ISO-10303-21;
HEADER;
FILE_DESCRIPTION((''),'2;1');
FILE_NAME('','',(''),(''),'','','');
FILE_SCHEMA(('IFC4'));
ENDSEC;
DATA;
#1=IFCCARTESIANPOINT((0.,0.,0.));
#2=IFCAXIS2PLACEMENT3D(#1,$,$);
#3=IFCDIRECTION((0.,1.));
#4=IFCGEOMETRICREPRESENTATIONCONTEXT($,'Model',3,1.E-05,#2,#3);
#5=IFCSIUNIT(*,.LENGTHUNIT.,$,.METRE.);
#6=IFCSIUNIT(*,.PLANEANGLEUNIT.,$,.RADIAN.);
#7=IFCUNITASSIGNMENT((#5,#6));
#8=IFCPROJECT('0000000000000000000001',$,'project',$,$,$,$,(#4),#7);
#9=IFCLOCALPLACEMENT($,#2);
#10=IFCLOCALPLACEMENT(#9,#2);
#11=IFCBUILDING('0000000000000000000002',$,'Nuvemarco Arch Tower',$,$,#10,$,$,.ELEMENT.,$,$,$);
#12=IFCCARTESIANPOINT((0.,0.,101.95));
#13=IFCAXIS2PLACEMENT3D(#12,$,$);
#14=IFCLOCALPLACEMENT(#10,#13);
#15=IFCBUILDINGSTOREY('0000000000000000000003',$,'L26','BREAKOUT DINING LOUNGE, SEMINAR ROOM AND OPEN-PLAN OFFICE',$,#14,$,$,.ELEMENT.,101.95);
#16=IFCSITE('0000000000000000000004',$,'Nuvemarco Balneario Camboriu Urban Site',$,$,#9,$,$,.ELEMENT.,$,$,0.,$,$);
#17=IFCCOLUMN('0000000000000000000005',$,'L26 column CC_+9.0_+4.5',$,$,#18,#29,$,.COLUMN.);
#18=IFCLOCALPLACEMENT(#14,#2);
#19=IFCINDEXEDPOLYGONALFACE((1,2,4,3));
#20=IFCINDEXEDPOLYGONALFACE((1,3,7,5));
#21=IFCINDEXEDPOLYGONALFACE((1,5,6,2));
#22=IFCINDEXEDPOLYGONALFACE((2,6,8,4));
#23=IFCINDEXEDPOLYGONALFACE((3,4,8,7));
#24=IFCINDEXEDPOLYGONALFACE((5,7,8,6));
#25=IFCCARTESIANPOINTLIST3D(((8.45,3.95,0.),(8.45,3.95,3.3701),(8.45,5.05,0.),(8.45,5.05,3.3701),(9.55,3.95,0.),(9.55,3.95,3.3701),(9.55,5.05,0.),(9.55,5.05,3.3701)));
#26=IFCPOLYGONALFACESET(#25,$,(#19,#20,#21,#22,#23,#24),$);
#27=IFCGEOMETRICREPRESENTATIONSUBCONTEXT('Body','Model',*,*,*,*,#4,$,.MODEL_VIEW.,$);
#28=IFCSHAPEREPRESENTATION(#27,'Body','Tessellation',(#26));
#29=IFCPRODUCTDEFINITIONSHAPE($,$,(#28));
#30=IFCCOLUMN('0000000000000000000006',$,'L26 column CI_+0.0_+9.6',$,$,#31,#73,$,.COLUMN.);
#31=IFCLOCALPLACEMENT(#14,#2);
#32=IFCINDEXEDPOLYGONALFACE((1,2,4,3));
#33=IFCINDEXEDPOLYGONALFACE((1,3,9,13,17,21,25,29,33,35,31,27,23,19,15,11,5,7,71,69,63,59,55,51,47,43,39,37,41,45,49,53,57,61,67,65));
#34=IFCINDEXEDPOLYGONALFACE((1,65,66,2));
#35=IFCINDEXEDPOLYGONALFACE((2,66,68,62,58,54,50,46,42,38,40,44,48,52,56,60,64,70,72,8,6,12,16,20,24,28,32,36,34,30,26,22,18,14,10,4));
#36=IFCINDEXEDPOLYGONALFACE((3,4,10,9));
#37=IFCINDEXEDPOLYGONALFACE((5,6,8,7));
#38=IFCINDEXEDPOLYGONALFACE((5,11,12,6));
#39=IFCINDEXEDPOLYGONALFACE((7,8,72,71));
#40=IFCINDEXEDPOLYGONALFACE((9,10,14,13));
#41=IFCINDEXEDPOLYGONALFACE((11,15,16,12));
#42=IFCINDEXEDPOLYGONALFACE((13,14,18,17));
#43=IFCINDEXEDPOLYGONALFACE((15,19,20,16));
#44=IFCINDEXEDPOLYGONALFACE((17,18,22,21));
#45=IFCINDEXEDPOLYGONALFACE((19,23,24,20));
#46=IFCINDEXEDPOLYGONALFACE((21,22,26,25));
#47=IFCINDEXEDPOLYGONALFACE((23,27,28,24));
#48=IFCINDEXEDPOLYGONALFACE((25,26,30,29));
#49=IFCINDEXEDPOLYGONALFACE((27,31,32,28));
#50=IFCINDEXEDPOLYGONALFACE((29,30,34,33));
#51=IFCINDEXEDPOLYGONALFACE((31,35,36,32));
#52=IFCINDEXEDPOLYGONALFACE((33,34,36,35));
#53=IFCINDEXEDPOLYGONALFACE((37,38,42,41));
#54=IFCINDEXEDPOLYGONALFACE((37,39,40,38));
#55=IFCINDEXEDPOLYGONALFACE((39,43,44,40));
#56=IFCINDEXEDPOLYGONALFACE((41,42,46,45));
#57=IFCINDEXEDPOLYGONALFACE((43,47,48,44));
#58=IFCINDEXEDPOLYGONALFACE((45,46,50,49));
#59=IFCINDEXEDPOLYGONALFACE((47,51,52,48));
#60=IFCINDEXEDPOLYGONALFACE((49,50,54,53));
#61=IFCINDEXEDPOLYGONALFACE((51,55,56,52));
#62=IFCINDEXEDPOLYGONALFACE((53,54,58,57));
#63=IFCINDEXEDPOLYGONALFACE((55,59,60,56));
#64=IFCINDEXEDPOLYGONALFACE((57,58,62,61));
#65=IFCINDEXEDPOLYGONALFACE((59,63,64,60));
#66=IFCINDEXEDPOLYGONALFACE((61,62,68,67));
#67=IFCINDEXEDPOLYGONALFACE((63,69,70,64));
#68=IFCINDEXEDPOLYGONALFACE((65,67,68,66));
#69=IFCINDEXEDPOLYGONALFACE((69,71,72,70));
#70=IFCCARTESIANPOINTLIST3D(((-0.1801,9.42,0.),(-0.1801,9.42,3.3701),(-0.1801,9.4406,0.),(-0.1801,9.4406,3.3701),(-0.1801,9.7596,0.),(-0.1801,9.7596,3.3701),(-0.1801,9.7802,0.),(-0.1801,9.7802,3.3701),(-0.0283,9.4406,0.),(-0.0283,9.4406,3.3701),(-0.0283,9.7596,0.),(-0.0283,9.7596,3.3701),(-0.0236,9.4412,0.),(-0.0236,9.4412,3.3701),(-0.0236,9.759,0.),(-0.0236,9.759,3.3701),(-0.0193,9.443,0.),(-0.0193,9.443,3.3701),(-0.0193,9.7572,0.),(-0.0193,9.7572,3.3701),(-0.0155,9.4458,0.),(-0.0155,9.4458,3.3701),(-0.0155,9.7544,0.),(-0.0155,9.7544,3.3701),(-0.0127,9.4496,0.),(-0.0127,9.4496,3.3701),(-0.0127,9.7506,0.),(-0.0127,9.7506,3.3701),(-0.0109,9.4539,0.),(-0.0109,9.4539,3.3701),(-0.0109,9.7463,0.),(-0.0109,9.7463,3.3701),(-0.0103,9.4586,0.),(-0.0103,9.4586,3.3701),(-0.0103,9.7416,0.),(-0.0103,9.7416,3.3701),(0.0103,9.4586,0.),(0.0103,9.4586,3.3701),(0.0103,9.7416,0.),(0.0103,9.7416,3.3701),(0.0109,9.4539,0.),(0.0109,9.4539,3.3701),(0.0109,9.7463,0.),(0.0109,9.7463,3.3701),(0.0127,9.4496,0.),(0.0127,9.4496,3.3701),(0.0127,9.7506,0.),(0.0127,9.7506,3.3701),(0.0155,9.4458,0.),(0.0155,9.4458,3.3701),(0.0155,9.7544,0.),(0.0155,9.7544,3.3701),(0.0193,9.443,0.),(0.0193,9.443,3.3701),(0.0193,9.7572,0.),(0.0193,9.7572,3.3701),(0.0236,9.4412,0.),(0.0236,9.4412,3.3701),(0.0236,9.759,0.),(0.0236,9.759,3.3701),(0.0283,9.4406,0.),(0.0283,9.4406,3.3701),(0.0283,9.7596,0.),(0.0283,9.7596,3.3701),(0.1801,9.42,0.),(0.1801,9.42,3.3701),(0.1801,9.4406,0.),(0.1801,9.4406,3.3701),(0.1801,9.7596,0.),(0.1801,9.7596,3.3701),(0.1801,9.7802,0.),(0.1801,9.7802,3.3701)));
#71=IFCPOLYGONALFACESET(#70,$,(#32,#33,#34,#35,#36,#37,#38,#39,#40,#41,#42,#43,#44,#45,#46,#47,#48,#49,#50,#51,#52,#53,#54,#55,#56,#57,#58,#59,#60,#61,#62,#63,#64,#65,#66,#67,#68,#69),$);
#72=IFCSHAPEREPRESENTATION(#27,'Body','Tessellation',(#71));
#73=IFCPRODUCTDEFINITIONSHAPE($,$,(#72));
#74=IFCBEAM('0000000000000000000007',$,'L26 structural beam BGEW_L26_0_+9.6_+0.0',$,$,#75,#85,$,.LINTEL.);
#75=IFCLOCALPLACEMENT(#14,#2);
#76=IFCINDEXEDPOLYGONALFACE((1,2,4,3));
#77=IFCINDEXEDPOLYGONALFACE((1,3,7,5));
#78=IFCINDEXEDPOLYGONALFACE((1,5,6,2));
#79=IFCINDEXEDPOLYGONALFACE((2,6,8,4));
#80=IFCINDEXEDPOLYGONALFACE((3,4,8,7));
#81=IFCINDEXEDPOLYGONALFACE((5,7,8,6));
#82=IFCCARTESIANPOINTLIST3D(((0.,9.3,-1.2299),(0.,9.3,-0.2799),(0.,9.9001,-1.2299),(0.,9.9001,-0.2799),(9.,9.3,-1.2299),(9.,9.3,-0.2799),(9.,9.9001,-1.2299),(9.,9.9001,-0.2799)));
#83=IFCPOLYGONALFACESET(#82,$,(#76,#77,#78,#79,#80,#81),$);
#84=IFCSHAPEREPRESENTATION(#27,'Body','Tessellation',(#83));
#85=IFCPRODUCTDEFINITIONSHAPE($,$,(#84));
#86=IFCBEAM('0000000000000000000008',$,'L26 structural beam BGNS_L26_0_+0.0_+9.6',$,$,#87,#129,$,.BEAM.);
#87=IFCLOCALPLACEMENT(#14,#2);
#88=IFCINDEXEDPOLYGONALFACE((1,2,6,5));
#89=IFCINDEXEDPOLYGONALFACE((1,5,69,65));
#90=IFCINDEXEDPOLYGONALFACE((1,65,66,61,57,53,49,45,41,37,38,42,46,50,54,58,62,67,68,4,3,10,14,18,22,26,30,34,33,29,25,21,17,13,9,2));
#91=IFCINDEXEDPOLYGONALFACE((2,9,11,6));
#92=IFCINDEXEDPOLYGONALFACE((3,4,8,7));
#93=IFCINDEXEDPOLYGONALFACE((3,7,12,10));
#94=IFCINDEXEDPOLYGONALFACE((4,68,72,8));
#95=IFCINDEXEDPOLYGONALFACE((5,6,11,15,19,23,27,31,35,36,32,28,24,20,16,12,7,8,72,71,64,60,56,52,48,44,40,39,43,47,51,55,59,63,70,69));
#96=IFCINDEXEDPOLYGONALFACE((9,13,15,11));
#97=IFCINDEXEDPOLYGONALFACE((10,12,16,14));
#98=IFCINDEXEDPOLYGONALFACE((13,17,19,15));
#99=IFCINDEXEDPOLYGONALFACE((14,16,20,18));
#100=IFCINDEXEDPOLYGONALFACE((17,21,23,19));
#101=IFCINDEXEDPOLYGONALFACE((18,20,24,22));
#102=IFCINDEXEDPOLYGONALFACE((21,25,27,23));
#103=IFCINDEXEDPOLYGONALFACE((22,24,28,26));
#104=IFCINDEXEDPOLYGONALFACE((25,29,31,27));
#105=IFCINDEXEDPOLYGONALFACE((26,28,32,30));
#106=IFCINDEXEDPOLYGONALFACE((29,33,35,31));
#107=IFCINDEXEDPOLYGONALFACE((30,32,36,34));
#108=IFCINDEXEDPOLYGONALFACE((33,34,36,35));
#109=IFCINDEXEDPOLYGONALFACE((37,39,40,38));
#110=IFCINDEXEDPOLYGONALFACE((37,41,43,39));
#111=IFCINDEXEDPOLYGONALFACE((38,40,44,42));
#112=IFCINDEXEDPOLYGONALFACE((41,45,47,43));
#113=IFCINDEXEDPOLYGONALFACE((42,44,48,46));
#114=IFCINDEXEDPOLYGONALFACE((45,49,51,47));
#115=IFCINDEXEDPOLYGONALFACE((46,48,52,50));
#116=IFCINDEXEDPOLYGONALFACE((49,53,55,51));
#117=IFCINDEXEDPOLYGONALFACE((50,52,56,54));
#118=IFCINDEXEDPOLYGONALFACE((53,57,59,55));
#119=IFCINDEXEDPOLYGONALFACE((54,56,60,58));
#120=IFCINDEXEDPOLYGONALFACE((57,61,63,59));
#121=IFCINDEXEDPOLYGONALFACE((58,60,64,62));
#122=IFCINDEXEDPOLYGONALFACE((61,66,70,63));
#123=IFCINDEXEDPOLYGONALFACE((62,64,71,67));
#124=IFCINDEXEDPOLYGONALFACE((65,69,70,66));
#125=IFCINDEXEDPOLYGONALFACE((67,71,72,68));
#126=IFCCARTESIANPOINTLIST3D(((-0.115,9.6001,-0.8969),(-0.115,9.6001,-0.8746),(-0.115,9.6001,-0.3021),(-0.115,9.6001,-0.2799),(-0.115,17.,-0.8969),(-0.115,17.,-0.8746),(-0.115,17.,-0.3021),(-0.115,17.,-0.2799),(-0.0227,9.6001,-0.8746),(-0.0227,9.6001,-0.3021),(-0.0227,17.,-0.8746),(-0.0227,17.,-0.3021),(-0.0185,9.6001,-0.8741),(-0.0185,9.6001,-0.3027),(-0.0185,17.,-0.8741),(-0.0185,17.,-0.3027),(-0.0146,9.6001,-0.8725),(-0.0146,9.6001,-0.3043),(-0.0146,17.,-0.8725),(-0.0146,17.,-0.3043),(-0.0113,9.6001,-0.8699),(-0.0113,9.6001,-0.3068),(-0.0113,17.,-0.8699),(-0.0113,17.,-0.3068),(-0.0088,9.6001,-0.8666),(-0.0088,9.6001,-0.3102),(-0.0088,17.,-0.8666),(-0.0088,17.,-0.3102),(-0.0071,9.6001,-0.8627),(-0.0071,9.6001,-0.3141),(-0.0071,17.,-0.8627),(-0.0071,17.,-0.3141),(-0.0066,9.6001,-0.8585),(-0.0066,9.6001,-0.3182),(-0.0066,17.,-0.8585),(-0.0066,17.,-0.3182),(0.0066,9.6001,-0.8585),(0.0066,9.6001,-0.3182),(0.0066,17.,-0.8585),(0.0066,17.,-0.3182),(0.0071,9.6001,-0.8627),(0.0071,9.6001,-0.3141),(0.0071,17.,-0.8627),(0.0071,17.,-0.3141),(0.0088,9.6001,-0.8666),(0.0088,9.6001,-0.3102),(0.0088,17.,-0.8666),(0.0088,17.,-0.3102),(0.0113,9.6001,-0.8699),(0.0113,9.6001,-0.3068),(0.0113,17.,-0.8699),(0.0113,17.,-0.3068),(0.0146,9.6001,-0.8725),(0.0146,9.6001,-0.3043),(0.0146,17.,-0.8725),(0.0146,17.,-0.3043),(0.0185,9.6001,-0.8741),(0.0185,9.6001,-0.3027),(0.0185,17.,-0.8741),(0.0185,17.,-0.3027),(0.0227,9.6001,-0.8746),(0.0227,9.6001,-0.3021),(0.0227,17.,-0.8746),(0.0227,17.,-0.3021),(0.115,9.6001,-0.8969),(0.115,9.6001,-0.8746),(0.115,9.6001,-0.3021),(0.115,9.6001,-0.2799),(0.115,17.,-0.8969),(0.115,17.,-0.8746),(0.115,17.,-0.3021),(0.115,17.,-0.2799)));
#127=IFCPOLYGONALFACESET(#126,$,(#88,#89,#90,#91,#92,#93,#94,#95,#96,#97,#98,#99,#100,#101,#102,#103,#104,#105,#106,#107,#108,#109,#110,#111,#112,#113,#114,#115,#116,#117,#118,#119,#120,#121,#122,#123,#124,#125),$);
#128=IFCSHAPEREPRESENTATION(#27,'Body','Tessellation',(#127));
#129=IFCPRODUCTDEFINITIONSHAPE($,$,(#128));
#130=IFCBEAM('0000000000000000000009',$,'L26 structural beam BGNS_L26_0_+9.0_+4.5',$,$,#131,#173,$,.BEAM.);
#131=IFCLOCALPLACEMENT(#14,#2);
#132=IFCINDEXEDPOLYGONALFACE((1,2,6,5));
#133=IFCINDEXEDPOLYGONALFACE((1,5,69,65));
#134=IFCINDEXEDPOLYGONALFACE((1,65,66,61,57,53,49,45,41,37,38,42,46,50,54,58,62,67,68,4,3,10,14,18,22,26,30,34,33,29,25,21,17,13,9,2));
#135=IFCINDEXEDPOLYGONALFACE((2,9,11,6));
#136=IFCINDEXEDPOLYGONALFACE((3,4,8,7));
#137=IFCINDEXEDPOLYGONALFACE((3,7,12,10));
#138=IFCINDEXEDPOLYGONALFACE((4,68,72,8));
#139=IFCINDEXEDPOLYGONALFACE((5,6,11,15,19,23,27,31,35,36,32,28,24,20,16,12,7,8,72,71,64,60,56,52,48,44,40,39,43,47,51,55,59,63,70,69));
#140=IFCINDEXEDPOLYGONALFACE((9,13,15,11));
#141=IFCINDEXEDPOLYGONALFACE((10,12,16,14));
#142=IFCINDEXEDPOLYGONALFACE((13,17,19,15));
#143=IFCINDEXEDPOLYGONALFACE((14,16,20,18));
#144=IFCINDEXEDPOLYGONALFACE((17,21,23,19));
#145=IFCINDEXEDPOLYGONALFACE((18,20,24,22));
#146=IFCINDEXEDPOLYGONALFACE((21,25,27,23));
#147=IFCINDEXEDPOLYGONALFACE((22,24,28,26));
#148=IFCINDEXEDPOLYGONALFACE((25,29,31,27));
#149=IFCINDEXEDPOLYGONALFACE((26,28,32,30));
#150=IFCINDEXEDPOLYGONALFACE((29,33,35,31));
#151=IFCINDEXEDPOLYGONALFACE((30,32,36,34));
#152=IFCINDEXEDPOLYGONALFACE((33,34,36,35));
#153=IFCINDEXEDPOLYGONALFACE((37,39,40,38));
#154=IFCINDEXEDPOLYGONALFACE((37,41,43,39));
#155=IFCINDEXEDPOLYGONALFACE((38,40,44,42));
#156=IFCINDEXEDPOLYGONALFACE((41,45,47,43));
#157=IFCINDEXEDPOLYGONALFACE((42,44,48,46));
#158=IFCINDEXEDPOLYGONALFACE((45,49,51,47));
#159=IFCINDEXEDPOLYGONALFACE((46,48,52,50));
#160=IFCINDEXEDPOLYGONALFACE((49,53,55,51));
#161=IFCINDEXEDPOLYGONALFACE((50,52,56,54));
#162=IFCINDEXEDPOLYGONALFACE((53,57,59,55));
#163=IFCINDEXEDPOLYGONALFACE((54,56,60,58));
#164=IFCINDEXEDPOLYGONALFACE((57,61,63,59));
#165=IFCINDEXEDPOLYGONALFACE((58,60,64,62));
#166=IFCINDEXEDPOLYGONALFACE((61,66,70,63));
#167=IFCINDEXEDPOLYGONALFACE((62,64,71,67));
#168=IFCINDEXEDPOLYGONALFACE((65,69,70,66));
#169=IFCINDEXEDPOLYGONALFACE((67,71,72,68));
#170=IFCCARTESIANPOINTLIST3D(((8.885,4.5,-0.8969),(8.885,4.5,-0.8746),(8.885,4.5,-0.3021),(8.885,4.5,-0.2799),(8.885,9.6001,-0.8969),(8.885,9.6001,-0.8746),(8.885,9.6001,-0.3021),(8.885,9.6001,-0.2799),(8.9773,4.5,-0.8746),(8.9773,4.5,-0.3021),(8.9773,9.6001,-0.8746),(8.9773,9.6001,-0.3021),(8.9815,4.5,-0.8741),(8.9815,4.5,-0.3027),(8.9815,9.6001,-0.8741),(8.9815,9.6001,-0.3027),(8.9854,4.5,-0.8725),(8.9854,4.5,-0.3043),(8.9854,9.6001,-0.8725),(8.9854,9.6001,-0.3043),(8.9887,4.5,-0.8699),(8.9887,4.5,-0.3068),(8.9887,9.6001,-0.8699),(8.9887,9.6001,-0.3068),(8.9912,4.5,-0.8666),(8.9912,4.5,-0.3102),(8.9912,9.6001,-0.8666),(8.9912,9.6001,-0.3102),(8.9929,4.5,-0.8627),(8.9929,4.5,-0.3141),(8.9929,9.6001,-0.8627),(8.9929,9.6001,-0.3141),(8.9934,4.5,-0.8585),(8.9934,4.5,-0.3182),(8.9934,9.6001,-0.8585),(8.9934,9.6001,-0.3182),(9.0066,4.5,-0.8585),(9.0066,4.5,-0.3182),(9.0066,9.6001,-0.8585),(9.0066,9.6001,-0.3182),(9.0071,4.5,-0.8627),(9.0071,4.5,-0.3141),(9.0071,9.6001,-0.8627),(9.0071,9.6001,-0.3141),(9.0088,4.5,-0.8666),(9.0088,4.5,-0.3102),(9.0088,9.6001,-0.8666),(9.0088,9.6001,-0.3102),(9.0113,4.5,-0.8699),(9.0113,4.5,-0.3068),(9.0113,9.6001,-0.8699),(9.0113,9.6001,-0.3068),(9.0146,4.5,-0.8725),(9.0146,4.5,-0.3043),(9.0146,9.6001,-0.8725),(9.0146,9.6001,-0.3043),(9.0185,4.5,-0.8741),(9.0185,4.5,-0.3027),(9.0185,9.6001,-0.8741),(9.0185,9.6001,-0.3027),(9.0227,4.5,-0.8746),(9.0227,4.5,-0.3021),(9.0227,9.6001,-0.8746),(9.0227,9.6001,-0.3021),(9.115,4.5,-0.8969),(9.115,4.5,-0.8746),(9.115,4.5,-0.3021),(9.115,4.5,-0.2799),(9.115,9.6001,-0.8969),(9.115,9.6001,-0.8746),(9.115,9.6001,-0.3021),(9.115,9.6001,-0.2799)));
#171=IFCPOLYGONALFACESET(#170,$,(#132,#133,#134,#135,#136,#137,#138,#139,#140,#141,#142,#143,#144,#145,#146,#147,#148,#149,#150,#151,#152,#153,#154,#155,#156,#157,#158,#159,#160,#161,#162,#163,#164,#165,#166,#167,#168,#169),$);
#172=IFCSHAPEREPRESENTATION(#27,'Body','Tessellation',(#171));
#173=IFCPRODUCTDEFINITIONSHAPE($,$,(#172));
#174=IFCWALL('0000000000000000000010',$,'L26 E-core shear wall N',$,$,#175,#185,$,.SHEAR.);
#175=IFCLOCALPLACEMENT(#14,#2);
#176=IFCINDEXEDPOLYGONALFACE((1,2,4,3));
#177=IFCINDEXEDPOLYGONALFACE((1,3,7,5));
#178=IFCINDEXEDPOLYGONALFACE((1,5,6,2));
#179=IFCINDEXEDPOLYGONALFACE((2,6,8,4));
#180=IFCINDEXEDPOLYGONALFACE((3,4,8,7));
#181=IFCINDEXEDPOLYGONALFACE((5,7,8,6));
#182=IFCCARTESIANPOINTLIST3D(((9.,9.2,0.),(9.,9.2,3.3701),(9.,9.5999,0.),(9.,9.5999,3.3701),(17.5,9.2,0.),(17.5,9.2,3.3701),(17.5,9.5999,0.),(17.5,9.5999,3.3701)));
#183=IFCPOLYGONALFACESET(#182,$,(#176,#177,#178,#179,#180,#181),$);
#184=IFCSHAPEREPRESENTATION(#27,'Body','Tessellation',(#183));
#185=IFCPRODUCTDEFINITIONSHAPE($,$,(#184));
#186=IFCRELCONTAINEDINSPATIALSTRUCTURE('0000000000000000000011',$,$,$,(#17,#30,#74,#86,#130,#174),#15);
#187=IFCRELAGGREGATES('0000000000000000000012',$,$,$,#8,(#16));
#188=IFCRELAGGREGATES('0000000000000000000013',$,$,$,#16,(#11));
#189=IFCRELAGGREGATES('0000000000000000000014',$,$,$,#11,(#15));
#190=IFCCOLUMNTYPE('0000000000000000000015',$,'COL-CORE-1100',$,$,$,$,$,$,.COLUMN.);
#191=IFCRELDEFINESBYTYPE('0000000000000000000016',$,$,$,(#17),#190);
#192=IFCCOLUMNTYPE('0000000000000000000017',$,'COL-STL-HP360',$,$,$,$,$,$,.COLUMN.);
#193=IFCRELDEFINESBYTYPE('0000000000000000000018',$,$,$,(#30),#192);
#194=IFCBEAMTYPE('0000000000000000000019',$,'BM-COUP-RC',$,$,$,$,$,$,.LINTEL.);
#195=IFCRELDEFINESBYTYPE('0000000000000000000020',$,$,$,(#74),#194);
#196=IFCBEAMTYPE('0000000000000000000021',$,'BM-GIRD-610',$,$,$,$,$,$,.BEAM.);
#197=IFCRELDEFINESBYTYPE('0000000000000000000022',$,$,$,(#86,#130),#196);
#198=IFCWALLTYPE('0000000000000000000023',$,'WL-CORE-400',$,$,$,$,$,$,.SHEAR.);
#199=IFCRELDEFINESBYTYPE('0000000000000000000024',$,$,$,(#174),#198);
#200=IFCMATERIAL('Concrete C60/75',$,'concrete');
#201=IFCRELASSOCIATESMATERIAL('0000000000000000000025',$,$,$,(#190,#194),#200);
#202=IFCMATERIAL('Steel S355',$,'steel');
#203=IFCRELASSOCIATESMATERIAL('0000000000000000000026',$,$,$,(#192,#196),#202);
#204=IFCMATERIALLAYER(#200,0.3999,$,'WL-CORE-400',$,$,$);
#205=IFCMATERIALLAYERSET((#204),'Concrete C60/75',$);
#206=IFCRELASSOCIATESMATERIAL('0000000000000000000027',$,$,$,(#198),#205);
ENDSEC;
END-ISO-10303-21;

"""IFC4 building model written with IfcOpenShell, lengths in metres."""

from ifc_helpers import new_model, si_unit, direction, frame, frame_2d, origin, origin_2d, place, context, subcontext, project, spatial, rectangle, i_section, extrude, material, layer, layer_set, material_profile, profile_set, type_object, element, save


model = new_model("IFC4")

# Units and contexts
model_context = context("Model", 3, precision=1e-05, world=origin(), true_north=direction((0.0, 1.0)))
body_context = subcontext(model_context, "Body", "Model", "MODEL_VIEW")
ifc_project = project(units=[si_unit("LENGTHUNIT", "METRE"), si_unit("PLANEANGLEUNIT", "RADIAN")], contexts=[model_context])

# Site, building, storey
site_placement = place(None, origin())
site = spatial("IfcSite", under=ifc_project, at=site_placement, Name="Nuvemarco Balneario Camboriu Urban Site", CompositionType="ELEMENT", RefElevation=0.0)
building_placement = place(site_placement, origin())
building = spatial("IfcBuilding", under=site, at=building_placement, Name="Nuvemarco Arch Tower", CompositionType="ELEMENT")
storey_placement = place(building_placement, frame((0.0, 0.0, 101.95)))
storey = spatial("IfcBuildingStorey", under=building, at=storey_placement, Name="L26", Description="BREAKOUT DINING LOUNGE, SEMINAR ROOM AND OPEN-PLAN OFFICE", CompositionType="ELEMENT", Elevation=101.95)

# Columns
ifc_material_1 = material(Name="Concrete C60/75", Category="concrete")
ifc_material_profile_1 = material_profile(ifc_material_1, rectangle(XDim=1.1001, YDim=1.1001, at=origin_2d()), Name="RC-COL-1100x1100")
ifc_profile_set_1 = profile_set([ifc_material_profile_1], Name="Concrete C60/75")
column_type_1 = type_object("IfcColumnType", Name="COL-CORE-1100", PredefinedType="COLUMN", material=ifc_profile_set_1)
column_1_placement = place(storey_placement, frame((9.0, 4.5, 0.0), z_axis=(0.0, 0.0, 1.0), x_axis=(1.0, 0.0, 0.0)))
element("IfcColumn", 1, at=column_1_placement, inside=storey, type_object=column_type_1, Name="L26 column CC_+9.0_+4.5", PredefinedType="COLUMN", context=body_context, shape_type="SweptSolid", body=[
    extrude(rectangle(XDim=1.1001, YDim=1.1001, at=origin_2d()), origin(), (0.0, 0.0, 1.0), 3.3701),
])
ifc_material_2 = material(Name="Steel S355", Category="steel")
ifc_material_profile_2 = material_profile(ifc_material_2, i_section(OverallWidth=0.3601, OverallDepth=0.3601, WebThickness=0.0205, FlangeThickness=0.0205, FilletRadius=0.0181, at=origin_2d()), Name="HP360x174")
ifc_profile_set_2 = profile_set([ifc_material_profile_2], Name="Steel S355")
column_type_2 = type_object("IfcColumnType", Name="COL-STL-HP360", PredefinedType="COLUMN", material=ifc_profile_set_2)
column_2_placement = place(storey_placement, frame((0.0, 9.6001, 0.0), z_axis=(0.0, 0.0, 1.0), x_axis=(1.0, 0.0, 0.0)))
element("IfcColumn", 2, at=column_2_placement, inside=storey, type_object=column_type_2, Name="L26 column CI_+0.0_+9.6", PredefinedType="COLUMN", context=body_context, shape_type="SweptSolid", body=[
    extrude(i_section(OverallWidth=0.3601, OverallDepth=0.3601, WebThickness=0.0205, FlangeThickness=0.0205, FilletRadius=0.0181, at=origin_2d()), origin(), (0.0, 0.0, 1.0), 3.3701),
])

# Beams
ifc_material_profile_3 = material_profile(ifc_material_1, rectangle(XDim=0.6001, YDim=0.95, at=origin_2d()), Name="RC-BM-600x950")
ifc_profile_set_3 = profile_set([ifc_material_profile_3], Name="Concrete C60/75")
beam_type_1 = type_object("IfcBeamType", Name="BM-COUP-RC", PredefinedType="LINTEL", material=ifc_profile_set_3)
beam_1_placement = place(storey_placement, frame((0.0, 9.6001, -0.7549), z_axis=(1.0, 0.0, 0.0), x_axis=(0.0, 1.0, 0.0)))
element("IfcBeam", 3, at=beam_1_placement, inside=storey, type_object=beam_type_1, Name="L26 structural beam BGEW_L26_0_+9.6_+0.0", PredefinedType="LINTEL", context=body_context, shape_type="SweptSolid", body=[
    extrude(rectangle(XDim=0.6001, YDim=0.95, at=origin_2d()), origin(), (0.0, 0.0, 1.0), 9.0),
])
ifc_material_profile_4 = material_profile(ifc_material_2, i_section(OverallWidth=0.23, OverallDepth=0.6169, WebThickness=0.0132, FlangeThickness=0.0222, FilletRadius=0.0161, at=origin_2d()), Name="W610x140")
ifc_profile_set_4 = profile_set([ifc_material_profile_4], Name="Steel S355")
beam_type_2 = type_object("IfcBeamType", Name="BM-GIRD-610", PredefinedType="BEAM", material=ifc_profile_set_4)
beam_2_placement = place(storey_placement, frame((0.0, 9.6001, -0.5884), z_axis=(0.0, 1.0, 0.0), x_axis=(-1.0, 0.0, 0.0)))
element("IfcBeam", 4, at=beam_2_placement, inside=storey, type_object=beam_type_2, Name="L26 structural beam BGNS_L26_0_+0.0_+9.6", PredefinedType="BEAM", context=body_context, shape_type="SweptSolid", body=[
    extrude(i_section(OverallWidth=0.23, OverallDepth=0.6169, WebThickness=0.0132, FlangeThickness=0.0222, FilletRadius=0.0161, at=origin_2d()), origin(), (0.0, 0.0, 1.0), 7.3999),
])
beam_3_placement = place(storey_placement, frame((9.0, 4.5, -0.5884), z_axis=(0.0, 1.0, 0.0), x_axis=(-1.0, 0.0, 0.0)))
element("IfcBeam", 5, at=beam_3_placement, inside=storey, type_object=beam_type_2, Name="L26 structural beam BGNS_L26_0_+9.0_+4.5", PredefinedType="BEAM", context=body_context, shape_type="SweptSolid", body=[
    extrude(i_section(OverallWidth=0.23, OverallDepth=0.6169, WebThickness=0.0132, FlangeThickness=0.0222, FilletRadius=0.0161, at=origin_2d()), origin(), (0.0, 0.0, 1.0), 5.1001),
])

# Wall
ifc_layer_1 = layer(ifc_material_1, 0.3999, Name="WL-CORE-400")
ifc_layer_set_1 = layer_set([ifc_layer_1], Name="Concrete C60/75")
wall_type_1 = type_object("IfcWallType", Name="WL-CORE-400", PredefinedType="SHEAR", material=ifc_layer_set_1)
wall_1_placement = place(storey_placement, frame((9.0, 9.3999, 0.0), z_axis=(0.0, 0.0, 1.0), x_axis=(1.0, 0.0, 0.0)))
element("IfcWall", 6, at=wall_1_placement, inside=storey, type_object=wall_type_1, Name="L26 E-core shear wall N", PredefinedType="SHEAR", context=body_context, shape_type="SweptSolid", body=[
    extrude(rectangle(XDim=8.5, YDim=0.3999, at=frame_2d((4.25, 0.0))), origin(), (0.0, 0.0, 1.0), 3.3701),
])

save(model, "model.ifc")
